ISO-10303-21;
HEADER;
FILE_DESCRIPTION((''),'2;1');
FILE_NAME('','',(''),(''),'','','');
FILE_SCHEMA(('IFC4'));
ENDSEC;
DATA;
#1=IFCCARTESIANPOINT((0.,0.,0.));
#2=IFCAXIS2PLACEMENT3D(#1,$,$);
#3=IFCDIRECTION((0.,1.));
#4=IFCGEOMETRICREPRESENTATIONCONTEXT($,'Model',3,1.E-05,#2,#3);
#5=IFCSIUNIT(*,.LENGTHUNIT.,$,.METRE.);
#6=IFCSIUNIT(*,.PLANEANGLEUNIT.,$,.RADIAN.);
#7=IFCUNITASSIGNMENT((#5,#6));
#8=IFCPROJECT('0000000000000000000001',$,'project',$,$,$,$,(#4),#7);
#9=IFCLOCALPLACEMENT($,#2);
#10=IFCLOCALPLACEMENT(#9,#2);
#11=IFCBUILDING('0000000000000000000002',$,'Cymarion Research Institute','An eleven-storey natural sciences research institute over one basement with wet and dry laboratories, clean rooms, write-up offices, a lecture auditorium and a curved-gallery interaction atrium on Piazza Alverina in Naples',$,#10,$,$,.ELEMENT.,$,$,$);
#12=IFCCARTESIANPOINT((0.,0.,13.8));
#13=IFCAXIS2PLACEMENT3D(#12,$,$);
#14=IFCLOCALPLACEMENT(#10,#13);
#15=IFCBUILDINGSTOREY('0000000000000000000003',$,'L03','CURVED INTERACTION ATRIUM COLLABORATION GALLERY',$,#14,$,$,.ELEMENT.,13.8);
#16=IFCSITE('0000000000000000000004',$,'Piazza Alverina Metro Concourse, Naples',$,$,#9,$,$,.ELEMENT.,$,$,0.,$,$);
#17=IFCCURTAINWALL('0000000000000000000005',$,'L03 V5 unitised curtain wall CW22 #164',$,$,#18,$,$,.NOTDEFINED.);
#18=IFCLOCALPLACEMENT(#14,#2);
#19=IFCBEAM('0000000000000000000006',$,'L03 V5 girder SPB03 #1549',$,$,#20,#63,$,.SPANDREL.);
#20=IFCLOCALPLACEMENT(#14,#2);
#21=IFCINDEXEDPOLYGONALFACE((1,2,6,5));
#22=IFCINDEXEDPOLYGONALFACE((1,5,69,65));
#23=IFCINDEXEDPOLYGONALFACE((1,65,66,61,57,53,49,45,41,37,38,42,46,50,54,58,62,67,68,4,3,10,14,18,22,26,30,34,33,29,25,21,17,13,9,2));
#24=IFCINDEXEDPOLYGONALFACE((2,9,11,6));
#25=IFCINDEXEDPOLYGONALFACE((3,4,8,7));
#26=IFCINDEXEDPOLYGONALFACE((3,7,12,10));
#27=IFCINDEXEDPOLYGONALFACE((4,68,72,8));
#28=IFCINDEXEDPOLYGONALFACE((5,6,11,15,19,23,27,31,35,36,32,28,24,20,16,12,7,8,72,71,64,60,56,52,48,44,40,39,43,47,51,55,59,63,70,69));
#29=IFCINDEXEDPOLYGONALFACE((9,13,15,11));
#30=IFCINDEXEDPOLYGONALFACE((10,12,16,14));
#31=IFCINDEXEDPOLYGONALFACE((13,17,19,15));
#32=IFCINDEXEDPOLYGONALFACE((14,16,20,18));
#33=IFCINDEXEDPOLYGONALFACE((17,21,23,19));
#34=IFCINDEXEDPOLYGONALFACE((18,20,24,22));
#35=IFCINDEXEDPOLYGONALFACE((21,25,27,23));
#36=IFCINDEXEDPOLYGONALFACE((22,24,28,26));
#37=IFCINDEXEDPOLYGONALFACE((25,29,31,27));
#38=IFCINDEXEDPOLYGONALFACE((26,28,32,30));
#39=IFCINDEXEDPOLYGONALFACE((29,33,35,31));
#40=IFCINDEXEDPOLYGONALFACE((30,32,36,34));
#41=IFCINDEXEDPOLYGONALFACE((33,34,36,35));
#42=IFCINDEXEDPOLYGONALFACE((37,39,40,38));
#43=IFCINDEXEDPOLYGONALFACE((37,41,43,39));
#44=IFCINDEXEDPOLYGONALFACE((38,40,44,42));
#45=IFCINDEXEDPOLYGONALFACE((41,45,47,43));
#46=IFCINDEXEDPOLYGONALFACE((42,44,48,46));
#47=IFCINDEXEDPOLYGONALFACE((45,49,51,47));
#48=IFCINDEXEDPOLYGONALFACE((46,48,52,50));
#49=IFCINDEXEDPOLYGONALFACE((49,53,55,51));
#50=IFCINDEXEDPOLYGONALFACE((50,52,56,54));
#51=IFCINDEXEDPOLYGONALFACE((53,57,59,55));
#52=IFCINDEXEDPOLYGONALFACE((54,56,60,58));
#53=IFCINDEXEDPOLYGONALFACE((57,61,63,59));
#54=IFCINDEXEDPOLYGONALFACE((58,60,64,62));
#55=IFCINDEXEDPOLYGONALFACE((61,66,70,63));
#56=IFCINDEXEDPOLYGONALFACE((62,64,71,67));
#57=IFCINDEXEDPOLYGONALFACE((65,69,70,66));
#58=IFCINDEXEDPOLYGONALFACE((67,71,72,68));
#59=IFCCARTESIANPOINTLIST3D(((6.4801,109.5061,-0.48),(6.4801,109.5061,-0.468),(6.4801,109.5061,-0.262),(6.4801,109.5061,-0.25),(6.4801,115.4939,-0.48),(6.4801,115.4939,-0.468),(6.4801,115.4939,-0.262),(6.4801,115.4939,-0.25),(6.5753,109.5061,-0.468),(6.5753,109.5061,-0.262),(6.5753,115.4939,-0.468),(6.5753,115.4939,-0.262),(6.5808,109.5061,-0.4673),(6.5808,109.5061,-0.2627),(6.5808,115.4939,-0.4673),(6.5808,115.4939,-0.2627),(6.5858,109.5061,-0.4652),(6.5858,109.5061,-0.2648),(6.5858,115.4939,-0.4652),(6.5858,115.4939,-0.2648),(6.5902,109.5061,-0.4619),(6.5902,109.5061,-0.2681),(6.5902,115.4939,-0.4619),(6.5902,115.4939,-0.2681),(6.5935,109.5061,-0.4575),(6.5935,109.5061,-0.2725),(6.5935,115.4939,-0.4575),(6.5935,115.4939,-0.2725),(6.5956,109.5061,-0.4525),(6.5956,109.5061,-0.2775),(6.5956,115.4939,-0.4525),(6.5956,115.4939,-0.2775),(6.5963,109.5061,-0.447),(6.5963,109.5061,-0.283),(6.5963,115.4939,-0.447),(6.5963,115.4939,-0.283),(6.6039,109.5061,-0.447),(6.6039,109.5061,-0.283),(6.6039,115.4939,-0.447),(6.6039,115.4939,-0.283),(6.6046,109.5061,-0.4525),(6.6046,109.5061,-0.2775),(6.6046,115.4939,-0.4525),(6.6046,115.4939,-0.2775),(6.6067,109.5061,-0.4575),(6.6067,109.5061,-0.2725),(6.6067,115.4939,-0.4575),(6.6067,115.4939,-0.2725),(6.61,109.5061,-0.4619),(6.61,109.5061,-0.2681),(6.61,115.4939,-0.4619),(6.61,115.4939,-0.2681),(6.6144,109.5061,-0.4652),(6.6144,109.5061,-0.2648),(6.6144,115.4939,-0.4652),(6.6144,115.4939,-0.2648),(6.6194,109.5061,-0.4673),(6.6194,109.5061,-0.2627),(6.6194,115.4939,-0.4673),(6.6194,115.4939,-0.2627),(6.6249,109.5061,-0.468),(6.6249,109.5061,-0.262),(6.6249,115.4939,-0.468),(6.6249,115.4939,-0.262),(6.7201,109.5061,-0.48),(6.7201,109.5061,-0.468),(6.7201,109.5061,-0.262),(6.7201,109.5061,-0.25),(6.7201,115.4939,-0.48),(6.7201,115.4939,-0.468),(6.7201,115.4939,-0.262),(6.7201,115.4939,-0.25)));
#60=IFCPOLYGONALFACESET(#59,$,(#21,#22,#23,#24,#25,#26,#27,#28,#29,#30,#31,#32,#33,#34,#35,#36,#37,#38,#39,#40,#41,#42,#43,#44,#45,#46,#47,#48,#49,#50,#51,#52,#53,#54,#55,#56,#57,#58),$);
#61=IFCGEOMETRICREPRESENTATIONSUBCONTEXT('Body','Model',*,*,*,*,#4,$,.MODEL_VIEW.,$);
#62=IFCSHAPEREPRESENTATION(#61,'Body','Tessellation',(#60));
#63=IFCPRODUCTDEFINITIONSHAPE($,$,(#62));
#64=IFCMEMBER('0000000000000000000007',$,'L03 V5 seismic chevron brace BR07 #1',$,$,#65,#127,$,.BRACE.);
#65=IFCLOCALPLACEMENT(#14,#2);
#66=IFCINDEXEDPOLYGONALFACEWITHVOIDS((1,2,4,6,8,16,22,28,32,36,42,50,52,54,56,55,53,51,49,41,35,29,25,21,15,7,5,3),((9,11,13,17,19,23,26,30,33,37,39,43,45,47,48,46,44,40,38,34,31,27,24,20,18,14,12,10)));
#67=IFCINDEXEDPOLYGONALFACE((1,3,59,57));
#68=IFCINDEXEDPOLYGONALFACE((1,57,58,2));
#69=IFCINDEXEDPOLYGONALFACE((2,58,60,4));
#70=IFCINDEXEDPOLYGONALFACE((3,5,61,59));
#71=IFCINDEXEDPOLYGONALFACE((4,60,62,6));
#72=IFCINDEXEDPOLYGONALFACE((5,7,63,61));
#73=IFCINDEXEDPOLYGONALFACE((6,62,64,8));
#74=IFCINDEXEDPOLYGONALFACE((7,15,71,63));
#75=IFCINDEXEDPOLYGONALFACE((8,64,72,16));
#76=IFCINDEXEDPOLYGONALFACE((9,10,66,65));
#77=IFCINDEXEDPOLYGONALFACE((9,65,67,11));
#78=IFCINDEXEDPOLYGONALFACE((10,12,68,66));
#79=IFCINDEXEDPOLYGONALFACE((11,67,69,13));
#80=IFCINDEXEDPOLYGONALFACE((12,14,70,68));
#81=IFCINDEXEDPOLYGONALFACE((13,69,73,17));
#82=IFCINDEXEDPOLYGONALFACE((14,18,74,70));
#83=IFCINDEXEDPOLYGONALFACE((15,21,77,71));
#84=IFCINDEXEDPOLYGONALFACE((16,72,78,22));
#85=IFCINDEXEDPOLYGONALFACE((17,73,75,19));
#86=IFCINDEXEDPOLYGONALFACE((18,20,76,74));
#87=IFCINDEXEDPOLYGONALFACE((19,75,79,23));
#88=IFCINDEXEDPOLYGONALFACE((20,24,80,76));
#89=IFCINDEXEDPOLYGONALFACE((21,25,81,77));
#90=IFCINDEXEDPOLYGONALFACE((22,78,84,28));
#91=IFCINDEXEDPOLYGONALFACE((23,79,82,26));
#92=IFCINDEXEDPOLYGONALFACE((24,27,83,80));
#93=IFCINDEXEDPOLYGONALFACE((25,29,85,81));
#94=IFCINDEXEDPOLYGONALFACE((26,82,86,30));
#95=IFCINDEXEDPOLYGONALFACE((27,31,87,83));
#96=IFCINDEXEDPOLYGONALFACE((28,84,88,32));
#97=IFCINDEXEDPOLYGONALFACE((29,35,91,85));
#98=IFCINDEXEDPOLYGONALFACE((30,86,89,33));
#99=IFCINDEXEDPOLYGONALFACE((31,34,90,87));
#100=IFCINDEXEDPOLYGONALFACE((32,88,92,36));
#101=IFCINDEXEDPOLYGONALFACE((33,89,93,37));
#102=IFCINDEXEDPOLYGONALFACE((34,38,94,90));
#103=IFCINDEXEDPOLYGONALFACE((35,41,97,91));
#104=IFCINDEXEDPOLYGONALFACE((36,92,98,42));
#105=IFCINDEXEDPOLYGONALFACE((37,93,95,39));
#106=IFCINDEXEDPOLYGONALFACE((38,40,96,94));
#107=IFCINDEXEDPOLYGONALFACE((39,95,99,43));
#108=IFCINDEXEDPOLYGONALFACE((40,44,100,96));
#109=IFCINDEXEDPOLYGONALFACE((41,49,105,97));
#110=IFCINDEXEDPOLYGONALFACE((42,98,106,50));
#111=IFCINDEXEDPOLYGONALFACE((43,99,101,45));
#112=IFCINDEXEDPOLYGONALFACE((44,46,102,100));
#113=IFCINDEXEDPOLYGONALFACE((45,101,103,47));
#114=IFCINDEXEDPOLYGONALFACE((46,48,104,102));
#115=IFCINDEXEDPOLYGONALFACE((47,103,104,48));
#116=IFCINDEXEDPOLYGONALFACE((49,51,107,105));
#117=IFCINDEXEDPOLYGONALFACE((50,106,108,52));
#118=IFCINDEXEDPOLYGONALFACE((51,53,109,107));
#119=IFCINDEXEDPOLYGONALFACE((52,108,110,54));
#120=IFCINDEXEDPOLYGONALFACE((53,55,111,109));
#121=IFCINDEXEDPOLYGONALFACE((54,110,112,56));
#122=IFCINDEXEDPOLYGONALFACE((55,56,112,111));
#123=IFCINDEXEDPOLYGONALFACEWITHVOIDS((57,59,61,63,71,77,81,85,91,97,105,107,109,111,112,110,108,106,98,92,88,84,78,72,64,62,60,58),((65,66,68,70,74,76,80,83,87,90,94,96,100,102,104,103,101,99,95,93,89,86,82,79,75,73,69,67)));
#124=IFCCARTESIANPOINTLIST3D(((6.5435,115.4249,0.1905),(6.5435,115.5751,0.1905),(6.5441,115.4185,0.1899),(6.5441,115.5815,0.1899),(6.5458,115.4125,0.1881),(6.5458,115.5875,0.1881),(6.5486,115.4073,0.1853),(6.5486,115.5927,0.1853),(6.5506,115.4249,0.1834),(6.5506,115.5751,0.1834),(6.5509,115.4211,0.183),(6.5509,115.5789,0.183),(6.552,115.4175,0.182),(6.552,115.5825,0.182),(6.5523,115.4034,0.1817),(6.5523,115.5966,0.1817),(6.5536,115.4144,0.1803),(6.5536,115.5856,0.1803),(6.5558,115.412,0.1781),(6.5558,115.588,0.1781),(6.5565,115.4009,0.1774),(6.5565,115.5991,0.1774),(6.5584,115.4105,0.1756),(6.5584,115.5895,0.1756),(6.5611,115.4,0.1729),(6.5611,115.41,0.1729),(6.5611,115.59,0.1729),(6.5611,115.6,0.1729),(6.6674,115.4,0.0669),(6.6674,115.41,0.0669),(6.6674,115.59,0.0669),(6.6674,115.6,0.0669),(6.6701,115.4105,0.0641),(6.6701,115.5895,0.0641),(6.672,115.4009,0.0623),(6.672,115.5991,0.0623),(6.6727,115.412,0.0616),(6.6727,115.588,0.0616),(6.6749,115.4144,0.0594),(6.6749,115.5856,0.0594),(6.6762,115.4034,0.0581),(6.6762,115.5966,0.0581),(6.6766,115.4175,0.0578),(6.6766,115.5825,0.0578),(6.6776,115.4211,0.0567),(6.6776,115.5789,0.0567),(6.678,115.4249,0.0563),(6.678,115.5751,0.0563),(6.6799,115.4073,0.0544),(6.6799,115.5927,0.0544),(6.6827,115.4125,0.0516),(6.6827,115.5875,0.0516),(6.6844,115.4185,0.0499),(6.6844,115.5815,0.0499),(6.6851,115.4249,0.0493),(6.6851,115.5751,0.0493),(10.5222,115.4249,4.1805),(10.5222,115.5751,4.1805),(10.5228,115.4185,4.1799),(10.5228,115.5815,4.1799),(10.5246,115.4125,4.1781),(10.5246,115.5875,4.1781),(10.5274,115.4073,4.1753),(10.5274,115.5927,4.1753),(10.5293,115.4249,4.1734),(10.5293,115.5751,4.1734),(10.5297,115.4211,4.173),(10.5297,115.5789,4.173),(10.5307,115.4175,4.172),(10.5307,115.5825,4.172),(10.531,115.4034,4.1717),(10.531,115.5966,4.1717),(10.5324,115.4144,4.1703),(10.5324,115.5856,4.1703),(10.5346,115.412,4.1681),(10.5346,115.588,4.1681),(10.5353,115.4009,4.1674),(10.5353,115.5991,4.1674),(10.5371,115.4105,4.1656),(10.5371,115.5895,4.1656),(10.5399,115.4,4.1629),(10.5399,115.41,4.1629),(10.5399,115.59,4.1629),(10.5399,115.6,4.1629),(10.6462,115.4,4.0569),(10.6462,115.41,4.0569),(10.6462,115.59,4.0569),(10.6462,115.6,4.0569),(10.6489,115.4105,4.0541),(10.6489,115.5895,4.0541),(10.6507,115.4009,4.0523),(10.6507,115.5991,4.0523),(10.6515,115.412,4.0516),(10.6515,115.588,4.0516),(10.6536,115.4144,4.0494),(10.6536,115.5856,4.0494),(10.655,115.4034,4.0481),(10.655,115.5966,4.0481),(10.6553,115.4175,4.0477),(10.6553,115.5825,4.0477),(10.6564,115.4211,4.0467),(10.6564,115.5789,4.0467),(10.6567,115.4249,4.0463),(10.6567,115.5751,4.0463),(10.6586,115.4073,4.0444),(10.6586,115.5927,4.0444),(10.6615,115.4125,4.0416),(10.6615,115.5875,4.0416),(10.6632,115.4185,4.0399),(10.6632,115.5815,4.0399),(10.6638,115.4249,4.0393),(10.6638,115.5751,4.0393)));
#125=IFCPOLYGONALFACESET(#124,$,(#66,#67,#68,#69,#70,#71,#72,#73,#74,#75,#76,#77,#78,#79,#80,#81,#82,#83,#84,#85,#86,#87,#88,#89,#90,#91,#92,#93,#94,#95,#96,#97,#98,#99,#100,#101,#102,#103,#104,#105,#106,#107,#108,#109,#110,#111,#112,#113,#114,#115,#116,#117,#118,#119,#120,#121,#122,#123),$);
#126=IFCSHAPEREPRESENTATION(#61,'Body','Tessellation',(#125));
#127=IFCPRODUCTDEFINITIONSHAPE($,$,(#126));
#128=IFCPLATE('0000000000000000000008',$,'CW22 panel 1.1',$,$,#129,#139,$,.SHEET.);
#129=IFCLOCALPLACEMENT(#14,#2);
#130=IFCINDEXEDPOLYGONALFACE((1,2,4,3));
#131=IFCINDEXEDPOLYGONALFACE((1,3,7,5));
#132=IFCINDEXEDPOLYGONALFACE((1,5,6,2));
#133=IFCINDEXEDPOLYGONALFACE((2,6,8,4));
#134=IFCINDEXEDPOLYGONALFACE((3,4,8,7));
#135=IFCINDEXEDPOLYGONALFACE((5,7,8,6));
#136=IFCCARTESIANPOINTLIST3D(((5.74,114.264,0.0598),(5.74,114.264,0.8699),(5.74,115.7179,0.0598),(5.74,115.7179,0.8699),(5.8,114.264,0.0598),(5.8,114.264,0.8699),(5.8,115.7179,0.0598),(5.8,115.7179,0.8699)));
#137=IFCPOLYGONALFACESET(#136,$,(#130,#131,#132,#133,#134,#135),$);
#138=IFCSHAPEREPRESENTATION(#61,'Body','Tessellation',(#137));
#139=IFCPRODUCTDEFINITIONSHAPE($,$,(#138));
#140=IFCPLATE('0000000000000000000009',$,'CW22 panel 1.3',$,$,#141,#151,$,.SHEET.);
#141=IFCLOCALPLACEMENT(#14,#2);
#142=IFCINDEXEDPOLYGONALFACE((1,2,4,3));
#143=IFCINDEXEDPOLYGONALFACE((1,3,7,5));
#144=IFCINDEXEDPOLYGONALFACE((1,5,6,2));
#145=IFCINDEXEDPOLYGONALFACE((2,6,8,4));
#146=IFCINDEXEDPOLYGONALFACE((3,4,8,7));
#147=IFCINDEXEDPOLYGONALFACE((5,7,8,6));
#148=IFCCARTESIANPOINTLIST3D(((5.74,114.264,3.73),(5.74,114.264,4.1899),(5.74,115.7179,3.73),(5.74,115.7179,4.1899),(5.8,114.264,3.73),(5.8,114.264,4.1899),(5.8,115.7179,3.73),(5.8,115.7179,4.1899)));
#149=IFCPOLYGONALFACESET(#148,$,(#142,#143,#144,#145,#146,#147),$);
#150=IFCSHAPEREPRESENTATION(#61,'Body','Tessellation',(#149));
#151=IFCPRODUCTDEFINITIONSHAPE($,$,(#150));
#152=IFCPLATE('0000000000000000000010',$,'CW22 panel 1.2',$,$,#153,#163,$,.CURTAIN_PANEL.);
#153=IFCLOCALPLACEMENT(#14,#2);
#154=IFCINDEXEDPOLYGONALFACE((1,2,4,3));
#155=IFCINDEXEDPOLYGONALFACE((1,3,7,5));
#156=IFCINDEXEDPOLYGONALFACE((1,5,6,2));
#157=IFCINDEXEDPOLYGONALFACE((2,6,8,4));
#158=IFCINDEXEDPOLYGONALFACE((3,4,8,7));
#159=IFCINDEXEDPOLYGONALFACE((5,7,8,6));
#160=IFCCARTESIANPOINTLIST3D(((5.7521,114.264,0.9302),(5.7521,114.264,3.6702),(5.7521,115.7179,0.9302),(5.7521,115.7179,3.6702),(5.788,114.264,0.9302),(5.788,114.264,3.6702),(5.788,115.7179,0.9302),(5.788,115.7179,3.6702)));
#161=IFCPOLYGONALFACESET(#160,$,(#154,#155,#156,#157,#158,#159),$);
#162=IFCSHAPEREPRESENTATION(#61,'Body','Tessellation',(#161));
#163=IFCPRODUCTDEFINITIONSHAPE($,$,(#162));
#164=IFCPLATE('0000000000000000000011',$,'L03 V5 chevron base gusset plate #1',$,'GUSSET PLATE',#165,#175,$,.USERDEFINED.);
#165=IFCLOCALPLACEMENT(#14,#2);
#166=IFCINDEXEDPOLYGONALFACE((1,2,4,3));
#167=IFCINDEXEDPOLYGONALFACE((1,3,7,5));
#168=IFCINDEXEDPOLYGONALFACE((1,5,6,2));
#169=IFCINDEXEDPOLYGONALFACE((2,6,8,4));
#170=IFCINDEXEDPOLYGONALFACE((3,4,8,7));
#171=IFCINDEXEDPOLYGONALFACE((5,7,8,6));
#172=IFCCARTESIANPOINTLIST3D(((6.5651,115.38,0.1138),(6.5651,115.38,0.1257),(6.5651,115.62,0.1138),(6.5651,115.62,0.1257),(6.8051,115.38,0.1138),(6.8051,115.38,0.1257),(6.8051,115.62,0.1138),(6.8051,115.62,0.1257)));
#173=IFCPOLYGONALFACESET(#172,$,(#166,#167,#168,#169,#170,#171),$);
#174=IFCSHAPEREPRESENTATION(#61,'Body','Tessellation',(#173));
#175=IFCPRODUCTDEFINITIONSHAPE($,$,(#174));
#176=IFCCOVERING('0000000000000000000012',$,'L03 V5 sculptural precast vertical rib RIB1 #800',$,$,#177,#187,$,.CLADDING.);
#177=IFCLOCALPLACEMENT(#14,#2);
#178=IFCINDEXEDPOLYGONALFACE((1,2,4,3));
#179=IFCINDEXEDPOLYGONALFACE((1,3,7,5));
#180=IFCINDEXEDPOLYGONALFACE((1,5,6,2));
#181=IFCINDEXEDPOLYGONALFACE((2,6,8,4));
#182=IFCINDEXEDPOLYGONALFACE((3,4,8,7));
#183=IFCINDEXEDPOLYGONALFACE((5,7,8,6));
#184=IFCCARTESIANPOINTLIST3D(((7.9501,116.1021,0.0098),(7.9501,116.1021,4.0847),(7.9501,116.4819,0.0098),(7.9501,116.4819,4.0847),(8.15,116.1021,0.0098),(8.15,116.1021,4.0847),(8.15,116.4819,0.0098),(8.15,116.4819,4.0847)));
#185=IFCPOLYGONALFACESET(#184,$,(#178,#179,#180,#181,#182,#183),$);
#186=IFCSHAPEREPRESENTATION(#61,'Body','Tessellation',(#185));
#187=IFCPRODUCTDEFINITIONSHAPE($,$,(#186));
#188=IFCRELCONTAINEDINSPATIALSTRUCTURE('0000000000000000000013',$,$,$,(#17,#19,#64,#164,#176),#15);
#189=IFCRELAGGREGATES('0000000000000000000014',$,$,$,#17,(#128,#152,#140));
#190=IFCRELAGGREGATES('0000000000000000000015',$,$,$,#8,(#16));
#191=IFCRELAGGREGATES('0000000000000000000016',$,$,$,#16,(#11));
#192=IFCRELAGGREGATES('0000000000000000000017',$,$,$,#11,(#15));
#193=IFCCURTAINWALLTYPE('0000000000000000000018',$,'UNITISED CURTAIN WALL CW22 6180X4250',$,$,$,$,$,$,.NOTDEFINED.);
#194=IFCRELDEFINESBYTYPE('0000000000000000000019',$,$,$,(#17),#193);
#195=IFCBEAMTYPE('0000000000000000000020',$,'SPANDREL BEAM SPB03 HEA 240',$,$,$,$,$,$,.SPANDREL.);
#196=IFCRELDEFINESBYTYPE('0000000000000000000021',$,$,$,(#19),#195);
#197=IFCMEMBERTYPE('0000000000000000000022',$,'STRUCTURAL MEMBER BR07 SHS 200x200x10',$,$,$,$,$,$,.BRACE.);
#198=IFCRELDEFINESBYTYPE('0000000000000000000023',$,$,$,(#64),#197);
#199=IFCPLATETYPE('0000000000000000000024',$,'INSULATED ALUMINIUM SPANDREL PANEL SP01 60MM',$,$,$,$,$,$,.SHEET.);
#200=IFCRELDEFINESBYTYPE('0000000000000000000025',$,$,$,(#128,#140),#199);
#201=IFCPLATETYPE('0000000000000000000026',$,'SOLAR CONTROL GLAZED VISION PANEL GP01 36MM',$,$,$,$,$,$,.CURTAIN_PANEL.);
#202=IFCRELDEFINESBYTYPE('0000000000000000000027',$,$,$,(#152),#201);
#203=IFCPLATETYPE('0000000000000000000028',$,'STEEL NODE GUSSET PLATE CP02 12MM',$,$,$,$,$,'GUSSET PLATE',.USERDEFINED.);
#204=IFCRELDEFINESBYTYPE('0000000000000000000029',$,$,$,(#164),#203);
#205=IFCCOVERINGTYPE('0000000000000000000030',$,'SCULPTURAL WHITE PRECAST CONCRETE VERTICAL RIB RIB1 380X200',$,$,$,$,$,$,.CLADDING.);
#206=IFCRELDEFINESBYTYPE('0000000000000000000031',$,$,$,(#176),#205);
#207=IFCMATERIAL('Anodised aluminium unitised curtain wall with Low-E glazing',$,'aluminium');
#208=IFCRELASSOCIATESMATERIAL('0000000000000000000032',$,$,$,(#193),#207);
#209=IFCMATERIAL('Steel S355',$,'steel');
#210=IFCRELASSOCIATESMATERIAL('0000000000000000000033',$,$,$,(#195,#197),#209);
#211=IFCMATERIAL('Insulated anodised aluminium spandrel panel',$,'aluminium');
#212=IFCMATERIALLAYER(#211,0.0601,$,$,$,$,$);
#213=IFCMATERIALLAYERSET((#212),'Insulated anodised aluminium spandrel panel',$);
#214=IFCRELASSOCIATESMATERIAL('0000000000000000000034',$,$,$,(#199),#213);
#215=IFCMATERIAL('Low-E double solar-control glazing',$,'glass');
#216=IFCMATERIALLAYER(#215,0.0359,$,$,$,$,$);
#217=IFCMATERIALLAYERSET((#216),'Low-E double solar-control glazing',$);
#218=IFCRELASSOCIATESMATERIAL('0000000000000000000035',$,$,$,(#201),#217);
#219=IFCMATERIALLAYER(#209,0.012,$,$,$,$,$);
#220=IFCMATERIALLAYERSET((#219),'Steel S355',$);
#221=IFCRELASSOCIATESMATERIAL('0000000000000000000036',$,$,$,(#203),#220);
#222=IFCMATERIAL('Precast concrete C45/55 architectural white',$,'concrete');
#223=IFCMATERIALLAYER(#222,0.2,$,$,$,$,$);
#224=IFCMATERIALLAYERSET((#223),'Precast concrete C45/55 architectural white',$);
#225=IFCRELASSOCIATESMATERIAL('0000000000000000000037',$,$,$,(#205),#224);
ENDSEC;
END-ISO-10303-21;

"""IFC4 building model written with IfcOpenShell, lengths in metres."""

from ifc_helpers import new_model, si_unit, direction, frame, origin, origin_2d, place, context, subcontext, project, spatial, rectangle, hollow_rectangle, i_section, extrude, material, layer, layer_set, material_profile, profile_set, type_object, element, aggregate, save


model = new_model("IFC4")

# Units and contexts
model_context = context("Model", 3, precision=1e-05, world=origin(), true_north=direction((0.0, 1.0)))
body_context = subcontext(model_context, "Body", "Model", "MODEL_VIEW")
ifc_project = project(units=[si_unit("LENGTHUNIT", "METRE"), si_unit("PLANEANGLEUNIT", "RADIAN")], contexts=[model_context])

# Site, building, storey
site_placement = place(None, origin())
site = spatial("IfcSite", under=ifc_project, at=site_placement, Name="Piazza Alverina Metro Concourse, Naples", CompositionType="ELEMENT", RefElevation=0.0)
building_placement = place(site_placement, origin())
building = spatial("IfcBuilding", under=site, at=building_placement, Name="Cymarion Research Institute", Description="An eleven-storey natural sciences research institute over one basement with wet and dry laboratories, clean rooms, write-up offices, a lecture auditorium and a curved-gallery interaction atrium on Piazza Alverina in Naples", CompositionType="ELEMENT")
storey_placement = place(building_placement, frame((0.0, 0.0, 13.8)))
storey = spatial("IfcBuildingStorey", under=building, at=storey_placement, Name="L03", Description="CURVED INTERACTION ATRIUM COLLABORATION GALLERY", CompositionType="ELEMENT", Elevation=13.8)

# Shared definitions
ifc_material_1 = material(Name="Steel S355", Category="steel")

# Curtain wall
ifc_material_2 = material(Name="Anodised aluminium unitised curtain wall with Low-E glazing", Category="aluminium")
curtain_wall_type = type_object("IfcCurtainWallType", Name="UNITISED CURTAIN WALL CW22 6180X4250", PredefinedType="NOTDEFINED", material=ifc_material_2)
curtain_wall_placement = place(storey_placement, origin())
curtain_wall = element("IfcCurtainWall", 1, at=curtain_wall_placement, inside=storey, type_object=curtain_wall_type, Name="L03 V5 unitised curtain wall CW22 #164", PredefinedType="NOTDEFINED")

# Beam
ifc_material_profile_1 = material_profile(ifc_material_1, i_section(OverallWidth=0.24, OverallDepth=0.23, WebThickness=0.0076, FlangeThickness=0.012, FilletRadius=0.021, at=origin_2d()), Name="HEA 240")
ifc_profile_set_1 = profile_set([ifc_material_profile_1], Name="Steel S355")
beam_type_1 = type_object("IfcBeamType", Name="SPANDREL BEAM SPB03 HEA 240", PredefinedType="SPANDREL", material=ifc_profile_set_1)
beam_1_placement = place(storey_placement, frame((6.6001, 109.5061, -0.365), z_axis=(0.0, 1.0, 0.0), x_axis=(-1.0, 0.0, 0.0)))
element("IfcBeam", 2, at=beam_1_placement, inside=storey, type_object=beam_type_1, Name="L03 V5 girder SPB03 #1549", PredefinedType="SPANDREL", context=body_context, shape_type="SweptSolid", body=[
    extrude(i_section(OverallWidth=0.24, OverallDepth=0.23, WebThickness=0.0076, FlangeThickness=0.012, FilletRadius=0.021, at=origin_2d()), origin(), (0.0, 0.0, 1.0), 5.9878),
])

# Member
ifc_material_profile_2 = material_profile(ifc_material_1, hollow_rectangle(XDim=0.2, YDim=0.2, WallThickness=0.01, InnerFilletRadius=0.0149, OuterFilletRadius=0.0249, at=origin_2d()), Name="SHS 200x200x10")
ifc_profile_set_2 = profile_set([ifc_material_profile_2], Name="Steel S355")
member_type_1 = type_object("IfcMemberType", Name="STRUCTURAL MEMBER BR07 SHS 200x200x10", PredefinedType="BRACE", material=ifc_profile_set_2)
member_1_placement = place(storey_placement, frame((6.6143, 115.5, 0.1199), z_axis=(0.70611, 0.0, 0.708103), x_axis=(0.0, 1.0, 0.0)))
element("IfcMember", 3, at=member_1_placement, inside=storey, type_object=member_type_1, Name="L03 V5 seismic chevron brace BR07 #1", PredefinedType="BRACE", context=body_context, shape_type="SweptSolid", body=[
    extrude(hollow_rectangle(XDim=0.2, YDim=0.2, WallThickness=0.01, InnerFilletRadius=0.0149, OuterFilletRadius=0.0249, at=origin_2d()), origin(), (0.0, 0.0, 1.0), 5.6348),
])

# Plates
ifc_material_3 = material(Name="Insulated anodised aluminium spandrel panel", Category="aluminium")
ifc_layer_1 = layer(ifc_material_3, 0.0601)
ifc_layer_set_1 = layer_set([ifc_layer_1], Name="Insulated anodised aluminium spandrel panel")
plate_type_1 = type_object("IfcPlateType", Name="INSULATED ALUMINIUM SPANDREL PANEL SP01 60MM", PredefinedType="SHEET", material=ifc_layer_set_1)
plate_1_placement = place(storey_placement, frame((5.77, 114.991, 0.0598), z_axis=(0.0, 0.0, 1.0), x_axis=(0.0, -1.0, 0.0)))
plate_1 = element("IfcPlate", 4, at=plate_1_placement, type_object=plate_type_1, Name="CW22 panel 1.1", PredefinedType="SHEET", context=body_context, shape_type="SweptSolid", body=[
    extrude(rectangle(XDim=1.4539, YDim=0.0601, at=origin_2d()), origin(), (0.0, 0.0, 1.0), 0.8101),
])
plate_2_placement = place(storey_placement, frame((5.77, 114.991, 3.73), z_axis=(0.0, 0.0, 1.0), x_axis=(0.0, -1.0, 0.0)))
plate_2 = element("IfcPlate", 5, at=plate_2_placement, type_object=plate_type_1, Name="CW22 panel 1.3", PredefinedType="SHEET", context=body_context, shape_type="SweptSolid", body=[
    extrude(rectangle(XDim=1.4539, YDim=0.0601, at=origin_2d()), origin(), (0.0, 0.0, 1.0), 0.46),
])
ifc_material_4 = material(Name="Low-E double solar-control glazing", Category="glass")
ifc_layer_2 = layer(ifc_material_4, 0.0359)
ifc_layer_set_2 = layer_set([ifc_layer_2], Name="Low-E double solar-control glazing")
plate_type_2 = type_object("IfcPlateType", Name="SOLAR CONTROL GLAZED VISION PANEL GP01 36MM", PredefinedType="CURTAIN_PANEL", material=ifc_layer_set_2)
plate_3_placement = place(storey_placement, frame((5.77, 114.991, 0.9302), z_axis=(0.0, 0.0, 1.0), x_axis=(0.0, -1.0, 0.0)))
plate_3 = element("IfcPlate", 6, at=plate_3_placement, type_object=plate_type_2, Name="CW22 panel 1.2", PredefinedType="CURTAIN_PANEL", context=body_context, shape_type="SweptSolid", body=[
    extrude(rectangle(XDim=1.4539, YDim=0.0359, at=origin_2d()), origin(), (0.0, 0.0, 1.0), 2.74),
])
aggregate(curtain_wall, [plate_1, plate_3, plate_2])
ifc_layer_3 = layer(ifc_material_1, 0.012)
ifc_layer_set_3 = layer_set([ifc_layer_3], Name="Steel S355")
plate_type_3 = type_object("IfcPlateType", Name="STEEL NODE GUSSET PLATE CP02 12MM", ElementType="GUSSET PLATE", PredefinedType="USERDEFINED", material=ifc_layer_set_3)
plate_4_placement = place(storey_placement, frame((6.6851, 115.5, 0.1138), z_axis=(0.0, 0.0, 1.0), x_axis=(1.0, 0.0, 0.0)))
element("IfcPlate", 7, at=plate_4_placement, inside=storey, type_object=plate_type_3, Name="L03 V5 chevron base gusset plate #1", ObjectType="GUSSET PLATE", PredefinedType="USERDEFINED", context=body_context, shape_type="SweptSolid", body=[
    extrude(rectangle(XDim=0.24, YDim=0.24, at=origin_2d()), origin(), (0.0, 0.0, 1.0), 0.012),
])

# Covering
ifc_material_5 = material(Name="Precast concrete C45/55 architectural white", Category="concrete")
ifc_layer_4 = layer(ifc_material_5, 0.2)
ifc_layer_set_4 = layer_set([ifc_layer_4], Name="Precast concrete C45/55 architectural white")
covering_type = type_object("IfcCoveringType", Name="SCULPTURAL WHITE PRECAST CONCRETE VERTICAL RIB RIB1 380X200", PredefinedType="CLADDING", material=ifc_layer_set_4)
for number, where, z_axis, x_axis, name in (
    (8, (8.05, 116.292, 0.0098), (0.0, 0.0, 1.0), (0.0, 1.0, 0.0), "L03 V5 sculptural precast vertical rib RIB1 #800"),
):
    element("IfcCovering", number, at=place(storey_placement, frame(where, z_axis=z_axis, x_axis=x_axis)), inside=storey, type_object=covering_type, Name=name, PredefinedType="CLADDING", context=body_context, shape_type="SweptSolid", body=[
        extrude(rectangle(XDim=0.3799, YDim=0.2, at=origin_2d()), origin(), (0.0, 0.0, 1.0), 4.075),
    ])

save(model, "model.ifc")
